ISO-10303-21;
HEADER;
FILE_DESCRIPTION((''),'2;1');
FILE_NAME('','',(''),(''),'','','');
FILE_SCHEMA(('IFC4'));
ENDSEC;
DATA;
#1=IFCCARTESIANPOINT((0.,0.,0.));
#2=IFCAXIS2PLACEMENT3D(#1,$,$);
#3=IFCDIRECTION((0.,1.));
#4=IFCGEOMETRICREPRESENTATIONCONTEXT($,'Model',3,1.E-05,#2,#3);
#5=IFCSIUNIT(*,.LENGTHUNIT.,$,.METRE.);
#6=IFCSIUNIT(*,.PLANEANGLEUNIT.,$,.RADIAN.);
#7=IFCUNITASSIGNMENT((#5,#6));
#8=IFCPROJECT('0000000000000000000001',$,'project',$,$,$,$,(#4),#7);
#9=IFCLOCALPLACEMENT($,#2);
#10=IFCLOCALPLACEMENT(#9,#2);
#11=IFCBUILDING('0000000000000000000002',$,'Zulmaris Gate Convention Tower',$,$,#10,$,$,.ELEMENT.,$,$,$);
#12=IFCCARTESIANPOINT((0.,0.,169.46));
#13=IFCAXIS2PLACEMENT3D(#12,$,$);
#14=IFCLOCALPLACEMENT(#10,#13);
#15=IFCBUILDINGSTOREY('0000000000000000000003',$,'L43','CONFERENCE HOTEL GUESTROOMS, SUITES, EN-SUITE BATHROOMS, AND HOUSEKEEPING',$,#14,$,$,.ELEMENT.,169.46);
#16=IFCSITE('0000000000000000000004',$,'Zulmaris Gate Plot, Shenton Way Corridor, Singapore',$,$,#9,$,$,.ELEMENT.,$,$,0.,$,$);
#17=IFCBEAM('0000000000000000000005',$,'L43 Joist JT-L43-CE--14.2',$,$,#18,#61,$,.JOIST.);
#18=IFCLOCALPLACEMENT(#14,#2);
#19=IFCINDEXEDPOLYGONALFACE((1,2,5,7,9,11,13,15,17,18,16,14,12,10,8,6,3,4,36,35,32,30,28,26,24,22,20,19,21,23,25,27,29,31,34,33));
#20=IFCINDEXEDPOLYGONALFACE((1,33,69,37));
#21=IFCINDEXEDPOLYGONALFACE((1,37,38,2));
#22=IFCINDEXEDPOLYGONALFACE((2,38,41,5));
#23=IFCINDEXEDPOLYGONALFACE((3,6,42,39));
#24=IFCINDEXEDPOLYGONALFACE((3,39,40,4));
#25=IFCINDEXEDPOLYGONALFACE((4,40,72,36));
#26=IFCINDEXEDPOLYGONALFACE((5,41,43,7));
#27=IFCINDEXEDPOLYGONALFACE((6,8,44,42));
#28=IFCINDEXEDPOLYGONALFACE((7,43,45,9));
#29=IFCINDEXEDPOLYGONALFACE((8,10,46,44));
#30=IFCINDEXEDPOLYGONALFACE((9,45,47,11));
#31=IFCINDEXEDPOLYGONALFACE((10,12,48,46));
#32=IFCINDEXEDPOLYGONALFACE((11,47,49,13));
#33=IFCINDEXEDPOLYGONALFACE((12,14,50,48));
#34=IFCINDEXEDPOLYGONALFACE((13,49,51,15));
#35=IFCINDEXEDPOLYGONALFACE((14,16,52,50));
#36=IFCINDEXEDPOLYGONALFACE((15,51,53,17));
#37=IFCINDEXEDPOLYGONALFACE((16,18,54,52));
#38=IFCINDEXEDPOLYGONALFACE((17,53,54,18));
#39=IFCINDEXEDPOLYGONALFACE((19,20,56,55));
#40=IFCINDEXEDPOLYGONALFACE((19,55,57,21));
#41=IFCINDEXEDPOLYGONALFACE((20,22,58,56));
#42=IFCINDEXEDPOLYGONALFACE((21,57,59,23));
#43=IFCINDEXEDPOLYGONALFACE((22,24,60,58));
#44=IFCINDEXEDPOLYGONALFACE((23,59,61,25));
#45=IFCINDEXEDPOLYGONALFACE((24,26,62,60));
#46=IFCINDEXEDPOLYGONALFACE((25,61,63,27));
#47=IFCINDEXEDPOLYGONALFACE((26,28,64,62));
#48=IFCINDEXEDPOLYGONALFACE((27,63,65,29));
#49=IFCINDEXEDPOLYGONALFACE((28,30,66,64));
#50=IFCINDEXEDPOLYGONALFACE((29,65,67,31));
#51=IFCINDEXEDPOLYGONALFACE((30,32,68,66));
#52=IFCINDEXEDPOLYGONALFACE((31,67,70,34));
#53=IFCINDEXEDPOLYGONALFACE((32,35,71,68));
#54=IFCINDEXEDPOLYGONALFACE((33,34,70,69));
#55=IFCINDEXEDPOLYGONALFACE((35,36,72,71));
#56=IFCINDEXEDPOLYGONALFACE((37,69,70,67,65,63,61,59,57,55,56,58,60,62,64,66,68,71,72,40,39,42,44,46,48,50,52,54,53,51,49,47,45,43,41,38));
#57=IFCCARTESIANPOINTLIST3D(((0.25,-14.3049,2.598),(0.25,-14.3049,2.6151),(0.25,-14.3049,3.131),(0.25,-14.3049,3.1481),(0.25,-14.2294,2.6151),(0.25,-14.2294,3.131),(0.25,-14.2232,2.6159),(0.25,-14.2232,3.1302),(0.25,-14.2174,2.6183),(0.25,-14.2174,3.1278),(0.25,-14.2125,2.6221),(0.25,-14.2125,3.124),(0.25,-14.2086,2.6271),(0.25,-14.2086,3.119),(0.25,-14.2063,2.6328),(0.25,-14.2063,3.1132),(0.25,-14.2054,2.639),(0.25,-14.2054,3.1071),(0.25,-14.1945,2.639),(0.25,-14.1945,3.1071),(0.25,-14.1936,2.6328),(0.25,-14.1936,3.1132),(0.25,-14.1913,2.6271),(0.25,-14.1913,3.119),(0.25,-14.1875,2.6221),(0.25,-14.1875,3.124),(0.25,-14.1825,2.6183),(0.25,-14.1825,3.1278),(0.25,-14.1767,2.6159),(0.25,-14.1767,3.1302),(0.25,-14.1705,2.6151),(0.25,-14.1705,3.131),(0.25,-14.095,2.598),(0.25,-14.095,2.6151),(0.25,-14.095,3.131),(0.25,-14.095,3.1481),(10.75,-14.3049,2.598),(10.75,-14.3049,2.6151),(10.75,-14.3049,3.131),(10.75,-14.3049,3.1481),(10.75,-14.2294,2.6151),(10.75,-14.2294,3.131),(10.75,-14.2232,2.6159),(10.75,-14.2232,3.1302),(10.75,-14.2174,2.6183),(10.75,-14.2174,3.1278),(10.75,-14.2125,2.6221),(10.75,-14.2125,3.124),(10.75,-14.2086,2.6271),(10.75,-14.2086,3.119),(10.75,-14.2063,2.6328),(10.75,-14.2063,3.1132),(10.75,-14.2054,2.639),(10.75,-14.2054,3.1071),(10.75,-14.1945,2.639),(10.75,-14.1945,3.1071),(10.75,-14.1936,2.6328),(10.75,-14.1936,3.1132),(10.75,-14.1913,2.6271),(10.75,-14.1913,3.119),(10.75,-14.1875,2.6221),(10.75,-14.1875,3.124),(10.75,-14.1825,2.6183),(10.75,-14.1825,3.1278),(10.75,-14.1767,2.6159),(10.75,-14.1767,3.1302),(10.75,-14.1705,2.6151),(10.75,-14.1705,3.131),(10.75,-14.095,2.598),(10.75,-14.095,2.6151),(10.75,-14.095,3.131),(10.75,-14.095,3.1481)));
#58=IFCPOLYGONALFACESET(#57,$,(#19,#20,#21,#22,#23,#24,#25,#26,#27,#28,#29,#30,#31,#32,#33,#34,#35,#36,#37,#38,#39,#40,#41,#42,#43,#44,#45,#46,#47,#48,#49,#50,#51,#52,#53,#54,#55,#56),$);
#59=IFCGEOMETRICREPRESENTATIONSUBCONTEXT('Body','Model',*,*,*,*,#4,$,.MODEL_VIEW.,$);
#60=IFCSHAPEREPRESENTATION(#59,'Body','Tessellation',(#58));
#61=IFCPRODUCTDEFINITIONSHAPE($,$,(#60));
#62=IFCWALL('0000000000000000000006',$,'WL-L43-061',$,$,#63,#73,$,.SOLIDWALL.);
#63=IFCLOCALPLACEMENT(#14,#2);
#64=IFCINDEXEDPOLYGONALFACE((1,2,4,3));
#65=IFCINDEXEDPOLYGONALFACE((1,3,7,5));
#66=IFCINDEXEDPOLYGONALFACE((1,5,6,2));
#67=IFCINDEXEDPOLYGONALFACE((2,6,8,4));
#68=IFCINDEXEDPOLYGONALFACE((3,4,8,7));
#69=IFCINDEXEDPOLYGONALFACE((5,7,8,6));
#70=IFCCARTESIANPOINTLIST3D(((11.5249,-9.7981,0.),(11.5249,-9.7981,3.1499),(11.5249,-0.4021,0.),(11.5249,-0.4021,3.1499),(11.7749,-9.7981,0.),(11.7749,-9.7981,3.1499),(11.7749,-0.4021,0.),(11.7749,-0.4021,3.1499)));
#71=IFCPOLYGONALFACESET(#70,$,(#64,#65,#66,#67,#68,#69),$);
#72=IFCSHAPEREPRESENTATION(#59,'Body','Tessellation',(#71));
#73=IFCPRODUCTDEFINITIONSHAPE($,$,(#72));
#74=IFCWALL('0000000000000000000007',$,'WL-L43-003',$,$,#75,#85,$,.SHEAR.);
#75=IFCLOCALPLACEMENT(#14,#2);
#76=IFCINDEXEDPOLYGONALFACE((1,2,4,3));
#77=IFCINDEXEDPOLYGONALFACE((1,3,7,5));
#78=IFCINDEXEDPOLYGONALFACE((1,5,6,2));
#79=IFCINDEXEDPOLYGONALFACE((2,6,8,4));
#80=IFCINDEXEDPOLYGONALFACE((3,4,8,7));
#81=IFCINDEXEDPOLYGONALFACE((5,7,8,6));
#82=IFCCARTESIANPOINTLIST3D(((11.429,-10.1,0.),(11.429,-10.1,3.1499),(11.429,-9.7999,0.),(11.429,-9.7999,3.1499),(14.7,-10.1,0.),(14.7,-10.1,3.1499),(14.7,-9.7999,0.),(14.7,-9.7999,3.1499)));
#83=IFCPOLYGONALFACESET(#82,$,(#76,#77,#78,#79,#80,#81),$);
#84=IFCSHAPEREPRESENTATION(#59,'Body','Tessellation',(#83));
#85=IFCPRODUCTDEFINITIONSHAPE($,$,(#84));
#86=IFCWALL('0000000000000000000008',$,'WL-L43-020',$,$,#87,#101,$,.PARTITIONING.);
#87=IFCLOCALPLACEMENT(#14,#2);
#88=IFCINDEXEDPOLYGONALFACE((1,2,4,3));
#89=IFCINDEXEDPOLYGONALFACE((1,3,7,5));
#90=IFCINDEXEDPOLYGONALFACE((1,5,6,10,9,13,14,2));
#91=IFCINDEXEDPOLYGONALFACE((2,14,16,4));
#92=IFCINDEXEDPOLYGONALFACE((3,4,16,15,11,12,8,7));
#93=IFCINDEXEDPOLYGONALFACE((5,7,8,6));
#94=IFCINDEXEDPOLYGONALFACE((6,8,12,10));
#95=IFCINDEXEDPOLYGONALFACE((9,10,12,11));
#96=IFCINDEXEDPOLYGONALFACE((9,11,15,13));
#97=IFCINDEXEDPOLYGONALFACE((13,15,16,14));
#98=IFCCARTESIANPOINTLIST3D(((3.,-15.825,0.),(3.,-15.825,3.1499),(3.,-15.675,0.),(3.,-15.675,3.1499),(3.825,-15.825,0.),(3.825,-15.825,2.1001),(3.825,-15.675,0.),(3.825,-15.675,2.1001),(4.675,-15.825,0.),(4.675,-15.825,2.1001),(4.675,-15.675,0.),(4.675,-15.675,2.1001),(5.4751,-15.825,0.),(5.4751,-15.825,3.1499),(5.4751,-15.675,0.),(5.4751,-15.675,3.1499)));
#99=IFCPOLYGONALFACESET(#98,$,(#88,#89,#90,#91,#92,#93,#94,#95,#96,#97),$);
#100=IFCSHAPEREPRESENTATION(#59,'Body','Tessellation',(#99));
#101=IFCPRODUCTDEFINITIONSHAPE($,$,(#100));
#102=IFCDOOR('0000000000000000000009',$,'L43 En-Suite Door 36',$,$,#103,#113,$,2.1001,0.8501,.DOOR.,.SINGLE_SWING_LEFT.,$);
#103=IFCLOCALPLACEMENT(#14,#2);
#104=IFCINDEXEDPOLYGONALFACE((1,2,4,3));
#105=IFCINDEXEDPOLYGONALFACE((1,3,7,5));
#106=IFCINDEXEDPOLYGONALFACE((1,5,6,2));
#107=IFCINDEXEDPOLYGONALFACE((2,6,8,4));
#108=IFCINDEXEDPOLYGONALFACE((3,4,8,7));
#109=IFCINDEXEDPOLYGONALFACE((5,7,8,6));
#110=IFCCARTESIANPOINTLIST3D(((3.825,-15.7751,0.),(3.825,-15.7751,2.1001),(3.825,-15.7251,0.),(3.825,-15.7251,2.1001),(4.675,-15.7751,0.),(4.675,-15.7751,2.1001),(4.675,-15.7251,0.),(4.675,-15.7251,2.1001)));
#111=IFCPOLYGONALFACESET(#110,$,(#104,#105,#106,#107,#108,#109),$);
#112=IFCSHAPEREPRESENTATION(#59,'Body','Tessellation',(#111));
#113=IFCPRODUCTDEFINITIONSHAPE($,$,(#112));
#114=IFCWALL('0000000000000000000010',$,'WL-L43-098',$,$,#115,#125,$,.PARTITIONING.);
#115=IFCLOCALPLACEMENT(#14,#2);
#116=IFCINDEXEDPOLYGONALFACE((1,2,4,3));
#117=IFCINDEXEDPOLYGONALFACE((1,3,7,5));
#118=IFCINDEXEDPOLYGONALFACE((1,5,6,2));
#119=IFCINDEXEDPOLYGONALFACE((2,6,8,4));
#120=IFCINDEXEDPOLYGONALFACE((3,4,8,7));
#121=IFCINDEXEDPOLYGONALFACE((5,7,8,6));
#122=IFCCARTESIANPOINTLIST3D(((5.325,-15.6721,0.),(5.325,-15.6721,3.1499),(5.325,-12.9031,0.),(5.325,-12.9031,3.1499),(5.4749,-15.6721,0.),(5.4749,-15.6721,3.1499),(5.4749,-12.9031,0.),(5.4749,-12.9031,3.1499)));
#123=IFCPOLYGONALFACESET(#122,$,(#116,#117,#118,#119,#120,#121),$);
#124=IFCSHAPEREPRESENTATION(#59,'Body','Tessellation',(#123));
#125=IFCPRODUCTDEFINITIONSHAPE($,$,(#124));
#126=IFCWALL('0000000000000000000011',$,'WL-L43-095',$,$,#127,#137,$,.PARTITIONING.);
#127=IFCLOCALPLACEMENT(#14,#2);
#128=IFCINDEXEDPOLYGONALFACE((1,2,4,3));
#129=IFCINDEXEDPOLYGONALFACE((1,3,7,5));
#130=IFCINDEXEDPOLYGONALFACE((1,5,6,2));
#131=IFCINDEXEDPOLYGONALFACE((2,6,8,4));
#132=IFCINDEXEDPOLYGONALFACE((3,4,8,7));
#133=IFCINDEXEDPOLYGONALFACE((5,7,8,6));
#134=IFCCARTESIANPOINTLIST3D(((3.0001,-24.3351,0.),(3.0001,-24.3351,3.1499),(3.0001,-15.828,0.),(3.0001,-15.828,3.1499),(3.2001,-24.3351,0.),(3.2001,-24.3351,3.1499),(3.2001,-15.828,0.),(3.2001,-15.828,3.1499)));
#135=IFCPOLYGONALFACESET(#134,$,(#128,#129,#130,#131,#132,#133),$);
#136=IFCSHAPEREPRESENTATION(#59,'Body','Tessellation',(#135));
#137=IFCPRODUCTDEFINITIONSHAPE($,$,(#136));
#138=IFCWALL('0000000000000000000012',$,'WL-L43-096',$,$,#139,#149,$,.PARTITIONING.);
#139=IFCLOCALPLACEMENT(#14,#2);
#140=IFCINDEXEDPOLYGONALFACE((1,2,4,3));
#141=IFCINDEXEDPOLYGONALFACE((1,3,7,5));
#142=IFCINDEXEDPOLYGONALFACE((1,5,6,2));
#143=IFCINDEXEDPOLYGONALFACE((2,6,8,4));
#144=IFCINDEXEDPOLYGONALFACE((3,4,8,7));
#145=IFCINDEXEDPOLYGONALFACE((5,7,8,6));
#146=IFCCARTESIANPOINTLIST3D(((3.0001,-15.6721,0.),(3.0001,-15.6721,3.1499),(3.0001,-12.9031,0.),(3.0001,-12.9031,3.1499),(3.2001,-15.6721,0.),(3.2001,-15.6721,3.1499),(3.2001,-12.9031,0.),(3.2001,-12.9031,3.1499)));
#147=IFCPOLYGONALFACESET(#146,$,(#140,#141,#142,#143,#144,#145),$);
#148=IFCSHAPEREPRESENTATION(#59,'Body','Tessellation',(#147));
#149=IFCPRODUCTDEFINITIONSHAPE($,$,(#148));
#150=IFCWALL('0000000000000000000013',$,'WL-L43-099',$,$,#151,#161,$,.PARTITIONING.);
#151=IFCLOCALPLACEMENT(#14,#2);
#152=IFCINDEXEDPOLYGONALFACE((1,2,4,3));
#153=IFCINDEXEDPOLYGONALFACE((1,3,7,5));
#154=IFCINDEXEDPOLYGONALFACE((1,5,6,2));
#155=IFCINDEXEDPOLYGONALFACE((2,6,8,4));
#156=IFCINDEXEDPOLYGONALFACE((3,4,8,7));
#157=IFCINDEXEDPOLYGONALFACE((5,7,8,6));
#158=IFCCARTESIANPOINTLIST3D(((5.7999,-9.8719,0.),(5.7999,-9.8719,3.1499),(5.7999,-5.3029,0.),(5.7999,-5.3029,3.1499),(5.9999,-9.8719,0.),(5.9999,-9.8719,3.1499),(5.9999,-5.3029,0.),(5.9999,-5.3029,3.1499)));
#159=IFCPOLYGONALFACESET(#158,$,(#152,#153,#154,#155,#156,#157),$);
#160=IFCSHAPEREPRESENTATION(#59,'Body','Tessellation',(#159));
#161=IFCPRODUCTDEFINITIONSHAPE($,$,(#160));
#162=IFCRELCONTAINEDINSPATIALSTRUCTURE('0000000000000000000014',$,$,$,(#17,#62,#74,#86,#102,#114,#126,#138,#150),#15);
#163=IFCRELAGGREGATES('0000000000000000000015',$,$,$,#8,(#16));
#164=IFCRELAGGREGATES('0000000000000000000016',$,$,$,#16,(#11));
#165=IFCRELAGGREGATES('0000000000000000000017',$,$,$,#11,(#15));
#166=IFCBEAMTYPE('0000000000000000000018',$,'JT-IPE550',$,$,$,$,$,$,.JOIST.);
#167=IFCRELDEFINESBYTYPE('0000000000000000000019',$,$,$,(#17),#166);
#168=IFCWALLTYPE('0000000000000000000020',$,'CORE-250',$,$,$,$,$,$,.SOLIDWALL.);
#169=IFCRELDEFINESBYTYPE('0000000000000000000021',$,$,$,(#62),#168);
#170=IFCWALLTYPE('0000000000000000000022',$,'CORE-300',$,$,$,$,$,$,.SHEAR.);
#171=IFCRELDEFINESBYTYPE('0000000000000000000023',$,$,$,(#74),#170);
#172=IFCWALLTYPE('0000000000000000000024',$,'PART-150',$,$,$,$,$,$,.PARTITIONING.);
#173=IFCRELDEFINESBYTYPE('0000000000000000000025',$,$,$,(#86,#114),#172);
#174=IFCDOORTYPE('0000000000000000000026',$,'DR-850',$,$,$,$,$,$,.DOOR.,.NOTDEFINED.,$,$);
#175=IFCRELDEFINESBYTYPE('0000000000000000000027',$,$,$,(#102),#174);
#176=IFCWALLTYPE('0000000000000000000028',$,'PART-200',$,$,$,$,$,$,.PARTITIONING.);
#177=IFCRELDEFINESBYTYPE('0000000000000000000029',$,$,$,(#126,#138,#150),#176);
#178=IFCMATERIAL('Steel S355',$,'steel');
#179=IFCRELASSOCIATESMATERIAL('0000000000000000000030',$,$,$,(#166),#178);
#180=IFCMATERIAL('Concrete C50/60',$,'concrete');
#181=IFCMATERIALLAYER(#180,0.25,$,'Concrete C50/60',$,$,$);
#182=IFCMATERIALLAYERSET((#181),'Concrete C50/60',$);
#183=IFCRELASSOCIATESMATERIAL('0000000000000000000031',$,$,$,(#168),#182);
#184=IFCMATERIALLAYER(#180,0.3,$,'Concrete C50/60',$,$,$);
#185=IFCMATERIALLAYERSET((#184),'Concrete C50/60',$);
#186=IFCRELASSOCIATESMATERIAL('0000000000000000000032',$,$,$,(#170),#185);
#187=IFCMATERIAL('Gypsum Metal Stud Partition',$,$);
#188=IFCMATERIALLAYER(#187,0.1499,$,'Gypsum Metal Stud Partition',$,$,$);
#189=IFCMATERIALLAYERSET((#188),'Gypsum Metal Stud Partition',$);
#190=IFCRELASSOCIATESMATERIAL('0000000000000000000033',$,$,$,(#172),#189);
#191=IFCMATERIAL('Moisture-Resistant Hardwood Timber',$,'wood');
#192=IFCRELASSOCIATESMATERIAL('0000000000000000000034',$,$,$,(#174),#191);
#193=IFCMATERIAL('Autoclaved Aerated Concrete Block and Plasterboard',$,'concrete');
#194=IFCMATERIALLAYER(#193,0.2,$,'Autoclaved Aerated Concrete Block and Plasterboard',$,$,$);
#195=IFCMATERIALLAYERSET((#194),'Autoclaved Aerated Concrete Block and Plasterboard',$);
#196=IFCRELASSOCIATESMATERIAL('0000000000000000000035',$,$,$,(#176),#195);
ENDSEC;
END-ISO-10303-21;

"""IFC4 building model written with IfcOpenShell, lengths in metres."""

from ifc_helpers import new_model, si_unit, direction, frame, frame_2d, origin, origin_2d, place, context, subcontext, project, spatial, rectangle, i_section, extrude, material, layer, layer_set, material_profile, profile_set, type_object, element, fill, save


model = new_model("IFC4")

# Units and contexts
model_context = context("Model", 3, precision=1e-05, world=origin(), true_north=direction((0.0, 1.0)))
body_context = subcontext(model_context, "Body", "Model", "MODEL_VIEW")
ifc_project = project(units=[si_unit("LENGTHUNIT", "METRE"), si_unit("PLANEANGLEUNIT", "RADIAN")], contexts=[model_context])

# Site, building, storey
site_placement = place(None, origin())
site = spatial("IfcSite", under=ifc_project, at=site_placement, Name="Zulmaris Gate Plot, Shenton Way Corridor, Singapore", CompositionType="ELEMENT", RefElevation=0.0)
building_placement = place(site_placement, origin())
building = spatial("IfcBuilding", under=site, at=building_placement, Name="Zulmaris Gate Convention Tower", CompositionType="ELEMENT")
storey_placement = place(building_placement, frame((0.0, 0.0, 169.46)))
storey = spatial("IfcBuildingStorey", under=building, at=storey_placement, Name="L43", Description="CONFERENCE HOTEL GUESTROOMS, SUITES, EN-SUITE BATHROOMS, AND HOUSEKEEPING", CompositionType="ELEMENT", Elevation=169.46)

# Beam
ifc_material_1 = material(Name="Steel S355", Category="steel")
ifc_material_2 = material(Name="Concrete C50/60", Category="concrete")
ifc_material_profile_1 = material_profile(ifc_material_1, i_section(OverallWidth=0.21, OverallDepth=0.55, WebThickness=0.011, FlangeThickness=0.0171, FilletRadius=0.0239, at=origin_2d()), Name="IPE 550")
ifc_profile_set_1 = profile_set([ifc_material_profile_1], Name="Steel S355")
beam_type_1 = type_object("IfcBeamType", Name="JT-IPE550", PredefinedType="JOIST", material=ifc_profile_set_1)
for number, where, z_axis, x_axis, name in (
    (1, (0.25, -14.2, 2.873), (1.0, 0.0, 0.0), (0.0, 1.0, 0.0), "L43 Joist JT-L43-CE--14.2"),
):
    element("IfcBeam", number, at=place(storey_placement, frame(where, z_axis=z_axis, x_axis=x_axis)), inside=storey, type_object=beam_type_1, Name=name, PredefinedType="JOIST", context=body_context, shape_type="SweptSolid", body=[
        extrude(i_section(OverallWidth=0.21, OverallDepth=0.55, WebThickness=0.011, FlangeThickness=0.0171, FilletRadius=0.0239, at=origin_2d()), origin(), (0.0, 0.0, 1.0), 10.5),
    ])

# Walls
ifc_layer_1 = layer(ifc_material_2, 0.25, Name="Concrete C50/60")
ifc_layer_set_1 = layer_set([ifc_layer_1], Name="Concrete C50/60")
wall_type_1 = type_object("IfcWallType", Name="CORE-250", PredefinedType="SOLIDWALL", material=ifc_layer_set_1)
wall_1_placement = place(storey_placement, frame((11.6499, -9.7981, 0.0), z_axis=(0.0, 0.0, 1.0), x_axis=(0.0, 1.0, 0.0)))
element("IfcWall", 2, at=wall_1_placement, inside=storey, type_object=wall_type_1, Name="WL-L43-061", PredefinedType="SOLIDWALL", context=body_context, shape_type="SweptSolid", body=[
    extrude(rectangle(XDim=9.396, YDim=0.25, at=frame_2d((4.698, 0.0))), origin(), (0.0, 0.0, 1.0), 3.1499),
])
ifc_layer_2 = layer(ifc_material_2, 0.3, Name="Concrete C50/60")
ifc_layer_set_2 = layer_set([ifc_layer_2], Name="Concrete C50/60")
wall_type_2 = type_object("IfcWallType", Name="CORE-300", PredefinedType="SHEAR", material=ifc_layer_set_2)
wall_2_placement = place(storey_placement, frame((11.429, -9.95, 0.0), z_axis=(0.0, 0.0, 1.0), x_axis=(1.0, 0.0, 0.0)))
element("IfcWall", 3, at=wall_2_placement, inside=storey, type_object=wall_type_2, Name="WL-L43-003", PredefinedType="SHEAR", context=body_context, shape_type="SweptSolid", body=[
    extrude(rectangle(XDim=3.271, YDim=0.3, at=frame_2d((1.6355, 0.0))), origin(), (0.0, 0.0, 1.0), 3.1499),
])

# Wall, opening, door
ifc_material_3 = material(Name="Gypsum Metal Stud Partition")
ifc_layer_3 = layer(ifc_material_3, 0.1499, Name="Gypsum Metal Stud Partition")
ifc_layer_set_3 = layer_set([ifc_layer_3], Name="Gypsum Metal Stud Partition")
wall_type_3 = type_object("IfcWallType", Name="PART-150", PredefinedType="PARTITIONING", material=ifc_layer_set_3)
wall_3_placement = place(storey_placement, frame((3.0, -15.75, 0.0), z_axis=(0.0, 0.0, 1.0), x_axis=(1.0, 0.0, 0.0)))
wall_3 = element("IfcWall", 4, at=wall_3_placement, inside=storey, type_object=wall_type_3, Name="WL-L43-020", PredefinedType="PARTITIONING", context=body_context, shape_type="SweptSolid", body=[
    extrude(rectangle(XDim=2.4751, YDim=0.1499, at=frame_2d((1.2375, 0.0))), origin(), (0.0, 0.0, 1.0), 3.1499),
])
opening_1_placement = place(wall_3_placement, frame((0.825, 0.0, 0.0)))
opening_1 = element("IfcOpeningElement", 5, at=opening_1_placement, cuts=wall_3, PredefinedType="OPENING", context=body_context, shape_type="SweptSolid", body=[
    extrude(rectangle(XDim=0.8501, YDim=2.1001, at=frame_2d((0.425, 1.05))), frame((0.0, 0.085, 0.0), z_axis=(0.0, -1.0, 0.0), x_axis=(1.0, 0.0, 0.0)), (0.0, 0.0, 1.0), 0.1699),
])
ifc_material_4 = material(Name="Moisture-Resistant Hardwood Timber", Category="wood")
door_type_1 = type_object("IfcDoorType", Name="DR-850", OperationType="NOTDEFINED", PredefinedType="DOOR", material=ifc_material_4)
door_1_placement = place(opening_1_placement, origin())
door_1 = element("IfcDoor", 6, at=door_1_placement, inside=storey, type_object=door_type_1, Name="L43 En-Suite Door 36", OperationType="SINGLE_SWING_LEFT", OverallHeight=2.1001, OverallWidth=0.8501, PredefinedType="DOOR", context=body_context, shape_type="SweptSolid", body=[
    extrude(rectangle(XDim=0.8501, YDim=2.1001, at=frame_2d((0.425, 1.05))), frame((0.0, 0.0249, 0.0), z_axis=(0.0, -1.0, 0.0), x_axis=(1.0, 0.0, 0.0)), (0.0, 0.0, 1.0), 0.05),
])
fill(opening_1, door_1)

# Wall
wall_4_placement = place(storey_placement, frame((5.3999, -15.6721, 0.0), z_axis=(0.0, 0.0, 1.0), x_axis=(0.0, 1.0, 0.0)))
element("IfcWall", 7, at=wall_4_placement, inside=storey, type_object=wall_type_3, Name="WL-L43-098", PredefinedType="PARTITIONING", context=body_context, shape_type="SweptSolid", body=[
    extrude(rectangle(XDim=2.769, YDim=0.1499, at=frame_2d((1.3845, 0.0))), origin(), (0.0, 0.0, 1.0), 3.1499),
])

# Walls
ifc_material_5 = material(Name="Autoclaved Aerated Concrete Block and Plasterboard", Category="concrete")
ifc_layer_4 = layer(ifc_material_5, 0.2, Name="Autoclaved Aerated Concrete Block and Plasterboard")
ifc_layer_set_4 = layer_set([ifc_layer_4], Name="Autoclaved Aerated Concrete Block and Plasterboard")
wall_type_4 = type_object("IfcWallType", Name="PART-200", PredefinedType="PARTITIONING", material=ifc_layer_set_4)
wall_5_placement = place(storey_placement, frame((3.1001, -24.335, 0.0), z_axis=(0.0, 0.0, 1.0), x_axis=(0.0, 1.0, 0.0)))
element("IfcWall", 8, at=wall_5_placement, inside=storey, type_object=wall_type_4, Name="WL-L43-095", PredefinedType="PARTITIONING", context=body_context, shape_type="SweptSolid", body=[
    extrude(rectangle(XDim=8.5071, YDim=0.2, at=frame_2d((4.2534, 0.0))), origin(), (0.0, 0.0, 1.0), 3.1499),
])
wall_6_placement = place(storey_placement, frame((3.1001, -15.6721, 0.0), z_axis=(0.0, 0.0, 1.0), x_axis=(0.0, 1.0, 0.0)))
element("IfcWall", 9, at=wall_6_placement, inside=storey, type_object=wall_type_4, Name="WL-L43-096", PredefinedType="PARTITIONING", context=body_context, shape_type="SweptSolid", body=[
    extrude(rectangle(XDim=2.769, YDim=0.2, at=frame_2d((1.3845, 0.0))), origin(), (0.0, 0.0, 1.0), 3.1499),
])
wall_7_placement = place(storey_placement, frame((5.8999, -9.8721, 0.0), z_axis=(0.0, 0.0, 1.0), x_axis=(0.0, 1.0, 0.0)))
element("IfcWall", 10, at=wall_7_placement, inside=storey, type_object=wall_type_4, Name="WL-L43-099", PredefinedType="PARTITIONING", context=body_context, shape_type="SweptSolid", body=[
    extrude(rectangle(XDim=4.5691, YDim=0.2, at=frame_2d((2.2847, 0.0))), origin(), (0.0, 0.0, 1.0), 3.1499),
])

save(model, "model.ifc")
